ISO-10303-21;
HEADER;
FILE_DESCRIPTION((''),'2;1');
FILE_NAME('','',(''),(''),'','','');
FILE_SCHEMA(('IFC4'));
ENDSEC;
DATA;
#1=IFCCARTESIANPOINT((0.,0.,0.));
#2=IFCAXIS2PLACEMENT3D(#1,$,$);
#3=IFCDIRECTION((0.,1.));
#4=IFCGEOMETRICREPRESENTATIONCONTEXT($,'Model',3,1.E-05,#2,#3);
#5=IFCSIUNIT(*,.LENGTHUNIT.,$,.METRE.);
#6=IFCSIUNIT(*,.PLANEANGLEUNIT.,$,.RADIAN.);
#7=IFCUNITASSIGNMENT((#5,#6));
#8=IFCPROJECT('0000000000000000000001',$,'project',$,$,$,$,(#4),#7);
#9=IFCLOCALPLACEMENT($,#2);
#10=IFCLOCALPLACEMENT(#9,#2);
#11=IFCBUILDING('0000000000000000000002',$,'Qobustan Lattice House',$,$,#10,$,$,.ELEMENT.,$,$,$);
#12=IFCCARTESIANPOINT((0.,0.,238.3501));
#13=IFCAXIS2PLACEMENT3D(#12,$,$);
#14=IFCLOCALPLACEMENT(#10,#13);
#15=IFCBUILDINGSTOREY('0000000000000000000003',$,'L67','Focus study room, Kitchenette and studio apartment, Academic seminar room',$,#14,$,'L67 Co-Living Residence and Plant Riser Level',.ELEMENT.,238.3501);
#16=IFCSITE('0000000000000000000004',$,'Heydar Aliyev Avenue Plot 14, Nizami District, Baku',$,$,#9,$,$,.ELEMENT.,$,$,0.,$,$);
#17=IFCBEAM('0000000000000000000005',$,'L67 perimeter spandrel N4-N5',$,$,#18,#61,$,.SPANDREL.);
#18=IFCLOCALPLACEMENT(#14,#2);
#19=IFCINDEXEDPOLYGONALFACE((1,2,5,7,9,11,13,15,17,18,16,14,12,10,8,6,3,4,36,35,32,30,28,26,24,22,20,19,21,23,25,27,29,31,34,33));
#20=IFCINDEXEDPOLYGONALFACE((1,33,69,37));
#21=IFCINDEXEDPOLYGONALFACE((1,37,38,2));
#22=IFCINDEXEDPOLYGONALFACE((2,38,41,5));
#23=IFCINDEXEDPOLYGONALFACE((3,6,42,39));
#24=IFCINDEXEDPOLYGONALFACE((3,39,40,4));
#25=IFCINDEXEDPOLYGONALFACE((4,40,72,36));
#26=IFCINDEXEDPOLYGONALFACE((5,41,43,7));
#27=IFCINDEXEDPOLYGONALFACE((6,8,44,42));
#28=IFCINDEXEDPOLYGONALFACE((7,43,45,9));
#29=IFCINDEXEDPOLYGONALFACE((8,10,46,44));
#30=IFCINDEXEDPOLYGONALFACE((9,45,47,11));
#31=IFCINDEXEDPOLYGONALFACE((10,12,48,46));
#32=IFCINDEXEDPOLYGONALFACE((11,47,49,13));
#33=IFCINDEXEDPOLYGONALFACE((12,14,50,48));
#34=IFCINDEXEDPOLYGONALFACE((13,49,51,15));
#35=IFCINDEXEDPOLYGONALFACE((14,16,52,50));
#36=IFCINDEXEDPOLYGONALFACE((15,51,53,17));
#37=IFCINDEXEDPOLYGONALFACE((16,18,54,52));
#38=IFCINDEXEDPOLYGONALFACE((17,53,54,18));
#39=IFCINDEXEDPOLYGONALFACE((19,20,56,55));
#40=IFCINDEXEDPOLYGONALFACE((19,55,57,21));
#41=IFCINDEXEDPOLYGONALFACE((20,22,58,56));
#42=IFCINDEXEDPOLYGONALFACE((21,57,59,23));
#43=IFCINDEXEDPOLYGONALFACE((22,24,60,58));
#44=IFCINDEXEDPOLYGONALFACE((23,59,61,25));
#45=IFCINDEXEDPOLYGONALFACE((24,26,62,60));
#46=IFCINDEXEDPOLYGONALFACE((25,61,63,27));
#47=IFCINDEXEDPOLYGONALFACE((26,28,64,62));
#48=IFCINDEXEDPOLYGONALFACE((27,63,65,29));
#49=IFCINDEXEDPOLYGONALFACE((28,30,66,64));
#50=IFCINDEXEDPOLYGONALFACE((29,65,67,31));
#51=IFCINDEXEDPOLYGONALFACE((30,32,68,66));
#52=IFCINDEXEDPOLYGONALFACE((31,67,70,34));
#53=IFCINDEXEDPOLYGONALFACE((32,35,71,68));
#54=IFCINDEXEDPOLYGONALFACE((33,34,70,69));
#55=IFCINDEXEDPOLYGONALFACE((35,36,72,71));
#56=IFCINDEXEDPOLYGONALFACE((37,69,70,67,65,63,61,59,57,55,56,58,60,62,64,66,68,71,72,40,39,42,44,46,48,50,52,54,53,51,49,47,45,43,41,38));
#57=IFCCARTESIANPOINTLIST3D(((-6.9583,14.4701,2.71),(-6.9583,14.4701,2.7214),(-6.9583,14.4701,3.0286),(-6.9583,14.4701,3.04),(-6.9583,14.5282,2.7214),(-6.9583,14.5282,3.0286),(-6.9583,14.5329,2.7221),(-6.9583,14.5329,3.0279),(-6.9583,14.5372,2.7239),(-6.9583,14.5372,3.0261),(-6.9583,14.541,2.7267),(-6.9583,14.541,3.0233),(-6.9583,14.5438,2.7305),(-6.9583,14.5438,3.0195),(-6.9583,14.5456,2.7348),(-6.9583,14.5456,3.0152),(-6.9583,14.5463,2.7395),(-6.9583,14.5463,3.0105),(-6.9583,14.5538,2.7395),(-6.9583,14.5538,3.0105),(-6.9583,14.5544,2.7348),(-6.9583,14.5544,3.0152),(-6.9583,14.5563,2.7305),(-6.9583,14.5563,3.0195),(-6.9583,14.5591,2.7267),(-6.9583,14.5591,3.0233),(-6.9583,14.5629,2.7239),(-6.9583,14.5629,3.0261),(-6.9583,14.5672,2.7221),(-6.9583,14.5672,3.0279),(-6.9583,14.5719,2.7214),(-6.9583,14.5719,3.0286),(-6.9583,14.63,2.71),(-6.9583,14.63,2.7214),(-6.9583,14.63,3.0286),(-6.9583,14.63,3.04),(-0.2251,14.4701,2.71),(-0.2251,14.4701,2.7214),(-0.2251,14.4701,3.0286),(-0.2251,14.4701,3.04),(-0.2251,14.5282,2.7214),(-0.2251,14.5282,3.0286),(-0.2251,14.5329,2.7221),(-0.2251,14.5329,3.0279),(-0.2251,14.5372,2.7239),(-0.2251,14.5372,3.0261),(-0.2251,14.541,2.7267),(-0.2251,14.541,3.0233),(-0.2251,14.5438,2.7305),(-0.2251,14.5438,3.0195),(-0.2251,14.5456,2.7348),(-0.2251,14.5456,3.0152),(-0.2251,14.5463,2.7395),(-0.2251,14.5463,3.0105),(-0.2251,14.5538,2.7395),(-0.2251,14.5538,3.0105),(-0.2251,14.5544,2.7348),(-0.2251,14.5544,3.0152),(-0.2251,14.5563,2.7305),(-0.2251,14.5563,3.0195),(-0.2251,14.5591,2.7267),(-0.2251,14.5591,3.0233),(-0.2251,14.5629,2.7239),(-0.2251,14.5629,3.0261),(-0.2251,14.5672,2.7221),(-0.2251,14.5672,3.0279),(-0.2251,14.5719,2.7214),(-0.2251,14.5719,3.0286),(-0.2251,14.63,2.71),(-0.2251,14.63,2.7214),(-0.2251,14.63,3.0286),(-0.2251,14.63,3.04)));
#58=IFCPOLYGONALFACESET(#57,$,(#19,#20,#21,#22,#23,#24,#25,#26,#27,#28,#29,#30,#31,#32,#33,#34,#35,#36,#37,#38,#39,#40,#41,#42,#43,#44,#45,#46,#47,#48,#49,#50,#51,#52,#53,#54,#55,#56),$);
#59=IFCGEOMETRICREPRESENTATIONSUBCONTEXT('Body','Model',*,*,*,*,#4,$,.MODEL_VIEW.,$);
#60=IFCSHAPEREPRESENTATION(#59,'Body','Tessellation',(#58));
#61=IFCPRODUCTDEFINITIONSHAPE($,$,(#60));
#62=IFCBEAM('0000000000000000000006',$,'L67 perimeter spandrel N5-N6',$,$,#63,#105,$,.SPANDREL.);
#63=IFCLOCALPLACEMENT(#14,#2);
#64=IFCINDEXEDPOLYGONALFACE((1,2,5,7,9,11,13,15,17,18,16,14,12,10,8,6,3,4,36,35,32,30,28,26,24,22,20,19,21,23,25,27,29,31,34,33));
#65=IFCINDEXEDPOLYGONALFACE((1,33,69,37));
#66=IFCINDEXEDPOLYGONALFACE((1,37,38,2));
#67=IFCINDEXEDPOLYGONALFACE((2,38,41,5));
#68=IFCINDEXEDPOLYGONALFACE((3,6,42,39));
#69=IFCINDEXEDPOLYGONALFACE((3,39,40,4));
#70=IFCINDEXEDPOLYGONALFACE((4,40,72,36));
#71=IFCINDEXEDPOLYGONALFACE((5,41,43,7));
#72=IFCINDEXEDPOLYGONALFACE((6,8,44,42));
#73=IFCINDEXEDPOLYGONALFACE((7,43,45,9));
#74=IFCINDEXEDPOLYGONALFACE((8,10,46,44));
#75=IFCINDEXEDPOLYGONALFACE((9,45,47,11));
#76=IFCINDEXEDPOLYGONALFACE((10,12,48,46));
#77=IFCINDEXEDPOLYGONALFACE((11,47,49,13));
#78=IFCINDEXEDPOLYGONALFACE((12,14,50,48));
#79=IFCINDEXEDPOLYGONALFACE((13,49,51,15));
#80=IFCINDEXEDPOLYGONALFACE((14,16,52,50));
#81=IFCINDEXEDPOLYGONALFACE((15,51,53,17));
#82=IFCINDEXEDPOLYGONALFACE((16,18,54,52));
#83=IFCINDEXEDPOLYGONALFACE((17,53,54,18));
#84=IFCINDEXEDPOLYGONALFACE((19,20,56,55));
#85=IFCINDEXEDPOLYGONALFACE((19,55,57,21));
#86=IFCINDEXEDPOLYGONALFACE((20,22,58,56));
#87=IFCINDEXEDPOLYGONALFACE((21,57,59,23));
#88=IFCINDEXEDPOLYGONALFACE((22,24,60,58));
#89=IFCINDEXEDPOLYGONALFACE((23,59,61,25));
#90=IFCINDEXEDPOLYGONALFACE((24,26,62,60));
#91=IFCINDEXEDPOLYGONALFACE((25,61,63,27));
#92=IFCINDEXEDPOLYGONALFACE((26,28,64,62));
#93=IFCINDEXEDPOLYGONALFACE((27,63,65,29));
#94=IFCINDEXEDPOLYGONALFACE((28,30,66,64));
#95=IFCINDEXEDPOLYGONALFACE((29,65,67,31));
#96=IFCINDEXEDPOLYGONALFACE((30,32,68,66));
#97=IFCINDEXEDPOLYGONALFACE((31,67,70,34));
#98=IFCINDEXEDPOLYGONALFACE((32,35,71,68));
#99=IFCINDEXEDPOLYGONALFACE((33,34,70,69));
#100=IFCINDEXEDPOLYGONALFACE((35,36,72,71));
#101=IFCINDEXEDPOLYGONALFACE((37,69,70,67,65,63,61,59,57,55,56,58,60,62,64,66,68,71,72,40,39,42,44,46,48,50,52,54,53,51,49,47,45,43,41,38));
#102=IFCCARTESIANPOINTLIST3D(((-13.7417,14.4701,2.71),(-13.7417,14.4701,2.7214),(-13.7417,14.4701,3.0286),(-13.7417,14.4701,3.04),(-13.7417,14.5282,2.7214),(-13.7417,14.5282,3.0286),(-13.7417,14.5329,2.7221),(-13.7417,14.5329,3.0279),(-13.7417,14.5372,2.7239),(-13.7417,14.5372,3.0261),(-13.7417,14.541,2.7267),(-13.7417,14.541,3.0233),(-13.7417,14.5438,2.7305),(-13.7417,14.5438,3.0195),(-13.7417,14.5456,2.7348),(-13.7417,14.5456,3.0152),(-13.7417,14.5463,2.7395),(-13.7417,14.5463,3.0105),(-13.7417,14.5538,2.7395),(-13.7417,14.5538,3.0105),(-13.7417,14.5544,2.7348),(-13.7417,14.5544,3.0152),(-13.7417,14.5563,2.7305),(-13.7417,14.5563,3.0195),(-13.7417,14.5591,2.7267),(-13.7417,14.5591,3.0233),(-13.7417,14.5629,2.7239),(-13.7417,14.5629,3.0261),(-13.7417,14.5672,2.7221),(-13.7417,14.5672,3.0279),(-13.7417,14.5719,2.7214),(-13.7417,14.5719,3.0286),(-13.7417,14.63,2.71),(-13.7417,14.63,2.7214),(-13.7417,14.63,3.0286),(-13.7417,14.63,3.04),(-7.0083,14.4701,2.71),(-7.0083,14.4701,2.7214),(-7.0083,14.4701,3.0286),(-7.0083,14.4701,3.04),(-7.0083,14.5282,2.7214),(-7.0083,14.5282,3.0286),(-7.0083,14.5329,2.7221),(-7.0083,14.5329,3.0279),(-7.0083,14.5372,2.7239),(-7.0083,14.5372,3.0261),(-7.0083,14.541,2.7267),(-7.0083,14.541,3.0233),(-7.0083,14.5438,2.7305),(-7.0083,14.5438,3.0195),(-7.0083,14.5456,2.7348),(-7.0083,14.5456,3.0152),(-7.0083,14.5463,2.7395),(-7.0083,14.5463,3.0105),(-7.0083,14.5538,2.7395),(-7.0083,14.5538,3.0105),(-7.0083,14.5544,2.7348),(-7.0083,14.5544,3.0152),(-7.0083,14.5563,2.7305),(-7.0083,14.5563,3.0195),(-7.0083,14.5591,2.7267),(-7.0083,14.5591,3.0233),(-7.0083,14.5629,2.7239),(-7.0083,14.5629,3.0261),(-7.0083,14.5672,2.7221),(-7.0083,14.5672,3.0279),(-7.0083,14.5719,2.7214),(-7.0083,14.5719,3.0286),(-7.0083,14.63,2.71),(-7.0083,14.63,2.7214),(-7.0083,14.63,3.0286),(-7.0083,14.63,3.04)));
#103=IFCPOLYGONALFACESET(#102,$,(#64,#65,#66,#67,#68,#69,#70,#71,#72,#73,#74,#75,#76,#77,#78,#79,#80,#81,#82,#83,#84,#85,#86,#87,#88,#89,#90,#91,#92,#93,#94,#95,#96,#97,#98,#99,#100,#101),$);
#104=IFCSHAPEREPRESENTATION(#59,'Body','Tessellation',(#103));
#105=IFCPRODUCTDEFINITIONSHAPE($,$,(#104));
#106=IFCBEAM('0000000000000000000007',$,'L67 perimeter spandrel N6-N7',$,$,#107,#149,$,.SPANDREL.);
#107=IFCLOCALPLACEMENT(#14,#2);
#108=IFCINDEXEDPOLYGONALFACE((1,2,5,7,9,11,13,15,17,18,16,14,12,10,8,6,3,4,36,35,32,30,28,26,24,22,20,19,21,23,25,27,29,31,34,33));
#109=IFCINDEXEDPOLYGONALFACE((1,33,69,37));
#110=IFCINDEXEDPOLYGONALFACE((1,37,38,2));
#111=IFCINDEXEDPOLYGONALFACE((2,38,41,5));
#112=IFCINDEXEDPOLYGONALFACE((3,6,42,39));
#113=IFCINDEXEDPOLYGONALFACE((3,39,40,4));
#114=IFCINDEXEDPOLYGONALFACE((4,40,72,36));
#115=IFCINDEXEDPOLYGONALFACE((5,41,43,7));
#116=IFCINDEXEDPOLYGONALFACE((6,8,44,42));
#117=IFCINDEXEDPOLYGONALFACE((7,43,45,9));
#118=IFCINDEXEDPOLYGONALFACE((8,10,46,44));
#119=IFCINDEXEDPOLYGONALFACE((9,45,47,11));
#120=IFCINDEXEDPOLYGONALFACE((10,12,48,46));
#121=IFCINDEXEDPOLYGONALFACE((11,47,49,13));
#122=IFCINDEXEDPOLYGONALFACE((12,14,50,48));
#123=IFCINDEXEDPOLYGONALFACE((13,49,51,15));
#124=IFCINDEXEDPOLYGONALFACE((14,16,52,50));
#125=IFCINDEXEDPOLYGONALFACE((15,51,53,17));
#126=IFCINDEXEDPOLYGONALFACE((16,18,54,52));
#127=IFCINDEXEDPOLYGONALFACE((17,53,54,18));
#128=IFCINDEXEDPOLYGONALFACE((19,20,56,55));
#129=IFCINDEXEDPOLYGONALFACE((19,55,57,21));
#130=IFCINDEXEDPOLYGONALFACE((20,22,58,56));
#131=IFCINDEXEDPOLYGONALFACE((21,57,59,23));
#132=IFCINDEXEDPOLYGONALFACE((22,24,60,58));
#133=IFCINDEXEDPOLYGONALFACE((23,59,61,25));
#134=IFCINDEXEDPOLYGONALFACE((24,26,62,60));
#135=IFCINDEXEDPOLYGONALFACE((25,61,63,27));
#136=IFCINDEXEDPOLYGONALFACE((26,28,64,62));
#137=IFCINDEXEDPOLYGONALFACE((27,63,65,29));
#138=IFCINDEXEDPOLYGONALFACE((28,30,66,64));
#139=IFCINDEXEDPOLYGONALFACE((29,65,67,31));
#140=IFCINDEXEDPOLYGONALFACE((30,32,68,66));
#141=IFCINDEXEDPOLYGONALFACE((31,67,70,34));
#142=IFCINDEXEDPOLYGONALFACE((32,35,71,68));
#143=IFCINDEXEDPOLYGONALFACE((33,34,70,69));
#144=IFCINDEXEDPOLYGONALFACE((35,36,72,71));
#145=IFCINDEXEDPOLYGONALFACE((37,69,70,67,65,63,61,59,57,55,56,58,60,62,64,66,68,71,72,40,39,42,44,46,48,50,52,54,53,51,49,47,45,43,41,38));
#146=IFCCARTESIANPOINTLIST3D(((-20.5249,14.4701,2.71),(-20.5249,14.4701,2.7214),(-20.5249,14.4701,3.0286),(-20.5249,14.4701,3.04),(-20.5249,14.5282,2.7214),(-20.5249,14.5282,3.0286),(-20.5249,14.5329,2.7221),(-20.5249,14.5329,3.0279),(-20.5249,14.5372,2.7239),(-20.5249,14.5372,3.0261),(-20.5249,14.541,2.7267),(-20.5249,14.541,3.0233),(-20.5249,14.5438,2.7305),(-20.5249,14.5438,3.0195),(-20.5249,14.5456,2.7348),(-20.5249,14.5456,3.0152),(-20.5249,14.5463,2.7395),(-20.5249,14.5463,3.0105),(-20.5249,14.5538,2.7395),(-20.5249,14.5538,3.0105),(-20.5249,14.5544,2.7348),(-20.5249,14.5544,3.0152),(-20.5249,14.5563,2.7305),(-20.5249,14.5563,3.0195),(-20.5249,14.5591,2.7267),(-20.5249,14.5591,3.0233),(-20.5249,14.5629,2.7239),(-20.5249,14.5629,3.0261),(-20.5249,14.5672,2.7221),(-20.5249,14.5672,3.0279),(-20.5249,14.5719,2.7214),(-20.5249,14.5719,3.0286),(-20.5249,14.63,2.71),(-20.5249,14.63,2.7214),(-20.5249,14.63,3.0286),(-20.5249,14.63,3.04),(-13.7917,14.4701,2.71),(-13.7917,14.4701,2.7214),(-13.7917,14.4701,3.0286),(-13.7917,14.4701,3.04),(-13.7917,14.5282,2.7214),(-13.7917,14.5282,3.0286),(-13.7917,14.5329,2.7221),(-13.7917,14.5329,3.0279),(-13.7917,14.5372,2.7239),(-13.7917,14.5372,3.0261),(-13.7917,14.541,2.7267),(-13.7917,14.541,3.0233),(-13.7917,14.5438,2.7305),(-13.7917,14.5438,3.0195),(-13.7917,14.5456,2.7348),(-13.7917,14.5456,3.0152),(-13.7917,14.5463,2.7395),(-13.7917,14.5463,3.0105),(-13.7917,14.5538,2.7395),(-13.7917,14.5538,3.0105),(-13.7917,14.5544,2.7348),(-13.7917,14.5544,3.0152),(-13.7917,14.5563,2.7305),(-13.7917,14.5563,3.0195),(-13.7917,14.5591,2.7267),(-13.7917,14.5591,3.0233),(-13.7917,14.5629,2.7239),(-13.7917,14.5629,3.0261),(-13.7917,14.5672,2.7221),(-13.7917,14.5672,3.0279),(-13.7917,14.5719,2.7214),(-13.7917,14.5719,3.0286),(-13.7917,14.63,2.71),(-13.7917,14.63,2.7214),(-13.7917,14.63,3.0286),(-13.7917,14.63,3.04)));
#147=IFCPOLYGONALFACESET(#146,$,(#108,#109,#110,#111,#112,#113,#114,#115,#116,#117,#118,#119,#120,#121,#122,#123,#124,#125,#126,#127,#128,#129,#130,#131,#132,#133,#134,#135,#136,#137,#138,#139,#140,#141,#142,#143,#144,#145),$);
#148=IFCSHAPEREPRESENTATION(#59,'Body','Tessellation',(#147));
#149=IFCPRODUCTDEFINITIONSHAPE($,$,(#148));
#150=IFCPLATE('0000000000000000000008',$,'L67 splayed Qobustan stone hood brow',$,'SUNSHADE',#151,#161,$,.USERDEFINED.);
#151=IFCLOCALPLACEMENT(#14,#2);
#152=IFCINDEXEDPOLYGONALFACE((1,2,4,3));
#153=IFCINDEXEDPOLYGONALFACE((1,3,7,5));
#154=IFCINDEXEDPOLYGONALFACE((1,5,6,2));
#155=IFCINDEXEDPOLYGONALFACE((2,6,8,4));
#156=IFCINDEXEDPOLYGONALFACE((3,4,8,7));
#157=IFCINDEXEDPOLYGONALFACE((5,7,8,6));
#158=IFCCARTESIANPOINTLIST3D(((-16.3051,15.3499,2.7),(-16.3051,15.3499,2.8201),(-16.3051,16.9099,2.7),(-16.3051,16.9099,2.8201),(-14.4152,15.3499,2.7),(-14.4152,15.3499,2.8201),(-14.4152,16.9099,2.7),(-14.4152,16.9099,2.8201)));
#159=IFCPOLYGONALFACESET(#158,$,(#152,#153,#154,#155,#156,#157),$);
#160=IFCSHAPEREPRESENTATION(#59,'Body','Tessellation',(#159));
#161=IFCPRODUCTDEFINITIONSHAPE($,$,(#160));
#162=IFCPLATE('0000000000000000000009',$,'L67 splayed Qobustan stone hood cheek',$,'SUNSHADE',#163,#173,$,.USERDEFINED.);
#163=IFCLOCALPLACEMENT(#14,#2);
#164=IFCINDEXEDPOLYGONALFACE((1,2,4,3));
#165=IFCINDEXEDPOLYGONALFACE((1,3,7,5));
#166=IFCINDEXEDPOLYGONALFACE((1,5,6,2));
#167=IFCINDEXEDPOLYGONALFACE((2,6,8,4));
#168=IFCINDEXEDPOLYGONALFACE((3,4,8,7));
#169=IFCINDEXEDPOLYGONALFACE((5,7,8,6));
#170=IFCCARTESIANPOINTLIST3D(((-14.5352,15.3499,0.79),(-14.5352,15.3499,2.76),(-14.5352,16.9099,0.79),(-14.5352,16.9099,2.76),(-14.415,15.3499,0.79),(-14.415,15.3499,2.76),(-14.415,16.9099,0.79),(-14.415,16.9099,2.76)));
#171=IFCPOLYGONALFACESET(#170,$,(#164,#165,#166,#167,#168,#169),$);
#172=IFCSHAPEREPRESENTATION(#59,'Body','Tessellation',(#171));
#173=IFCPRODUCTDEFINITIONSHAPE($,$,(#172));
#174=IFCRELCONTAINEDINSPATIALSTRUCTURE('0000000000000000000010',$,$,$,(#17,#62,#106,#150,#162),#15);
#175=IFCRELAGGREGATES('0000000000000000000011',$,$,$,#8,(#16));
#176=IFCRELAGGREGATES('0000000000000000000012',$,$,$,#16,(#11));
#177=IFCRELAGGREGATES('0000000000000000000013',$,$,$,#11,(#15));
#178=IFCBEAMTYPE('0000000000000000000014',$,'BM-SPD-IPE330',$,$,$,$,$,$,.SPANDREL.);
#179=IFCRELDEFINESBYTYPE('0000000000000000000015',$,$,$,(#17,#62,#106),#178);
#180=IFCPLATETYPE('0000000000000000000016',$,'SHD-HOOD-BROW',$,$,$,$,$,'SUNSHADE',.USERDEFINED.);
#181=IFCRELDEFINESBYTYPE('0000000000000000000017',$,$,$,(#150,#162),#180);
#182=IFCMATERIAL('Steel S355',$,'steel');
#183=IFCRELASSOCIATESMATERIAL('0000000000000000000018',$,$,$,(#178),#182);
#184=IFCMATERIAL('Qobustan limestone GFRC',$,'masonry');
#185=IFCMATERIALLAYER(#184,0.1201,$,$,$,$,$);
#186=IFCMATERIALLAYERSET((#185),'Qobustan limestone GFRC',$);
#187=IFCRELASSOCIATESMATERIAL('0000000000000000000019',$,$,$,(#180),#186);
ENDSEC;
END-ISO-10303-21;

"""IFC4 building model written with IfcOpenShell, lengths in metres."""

from ifc_helpers import new_model, si_unit, direction, frame, origin, origin_2d, place, context, subcontext, project, spatial, rectangle, i_section, extrude, material, layer, layer_set, material_profile, profile_set, type_object, element, save


model = new_model("IFC4")

# Units and contexts
model_context = context("Model", 3, precision=1e-05, world=origin(), true_north=direction((0.0, 1.0)))
body_context = subcontext(model_context, "Body", "Model", "MODEL_VIEW")
ifc_project = project(units=[si_unit("LENGTHUNIT", "METRE"), si_unit("PLANEANGLEUNIT", "RADIAN")], contexts=[model_context])

# Site, building, storey
site_placement = place(None, origin())
site = spatial("IfcSite", under=ifc_project, at=site_placement, Name="Heydar Aliyev Avenue Plot 14, Nizami District, Baku", CompositionType="ELEMENT", RefElevation=0.0)
building_placement = place(site_placement, origin())
building = spatial("IfcBuilding", under=site, at=building_placement, Name="Qobustan Lattice House", CompositionType="ELEMENT")
storey_placement = place(building_placement, frame((0.0, 0.0, 238.3501)))
storey = spatial("IfcBuildingStorey", under=building, at=storey_placement, Name="L67", Description="Focus study room, Kitchenette and studio apartment, Academic seminar room", LongName="L67 Co-Living Residence and Plant Riser Level", CompositionType="ELEMENT", Elevation=238.3501)

# Beams
ifc_material_1 = material(Name="Steel S355", Category="steel")
ifc_material_profile_1 = material_profile(ifc_material_1, i_section(OverallWidth=0.1599, OverallDepth=0.3301, WebThickness=0.0076, FlangeThickness=0.0115, FilletRadius=0.0181, at=origin_2d()), Name="IPE330")
ifc_profile_set_1 = profile_set([ifc_material_profile_1], Name="Steel S355")
beam_type_1 = type_object("IfcBeamType", Name="BM-SPD-IPE330", PredefinedType="SPANDREL", material=ifc_profile_set_1)
beam_1_placement = place(storey_placement, frame((-0.2251, 14.55, 2.875), z_axis=(-1.0, 0.0, 0.0), x_axis=(0.0, -1.0, 0.0)))
element("IfcBeam", 1, at=beam_1_placement, inside=storey, type_object=beam_type_1, Name="L67 perimeter spandrel N4-N5", PredefinedType="SPANDREL", context=body_context, shape_type="SweptSolid", body=[
    extrude(i_section(OverallWidth=0.1599, OverallDepth=0.3301, WebThickness=0.0076, FlangeThickness=0.0115, FilletRadius=0.0181, at=origin_2d()), origin(), (0.0, 0.0, 1.0), 6.7332),
])
beam_2_placement = place(storey_placement, frame((-7.0083, 14.55, 2.875), z_axis=(-1.0, 0.0, 0.0), x_axis=(0.0, -1.0, 0.0)))
element("IfcBeam", 2, at=beam_2_placement, inside=storey, type_object=beam_type_1, Name="L67 perimeter spandrel N5-N6", PredefinedType="SPANDREL", context=body_context, shape_type="SweptSolid", body=[
    extrude(i_section(OverallWidth=0.1599, OverallDepth=0.3301, WebThickness=0.0076, FlangeThickness=0.0115, FilletRadius=0.0181, at=origin_2d()), origin(), (0.0, 0.0, 1.0), 6.7334),
])
beam_3_placement = place(storey_placement, frame((-13.7917, 14.55, 2.875), z_axis=(-1.0, 0.0, 0.0), x_axis=(0.0, -1.0, 0.0)))
element("IfcBeam", 3, at=beam_3_placement, inside=storey, type_object=beam_type_1, Name="L67 perimeter spandrel N6-N7", PredefinedType="SPANDREL", context=body_context, shape_type="SweptSolid", body=[
    extrude(i_section(OverallWidth=0.1599, OverallDepth=0.3301, WebThickness=0.0076, FlangeThickness=0.0115, FilletRadius=0.0181, at=origin_2d()), origin(), (0.0, 0.0, 1.0), 6.7332),
])

# Plates
ifc_material_2 = material(Name="Qobustan limestone GFRC", Category="masonry")
ifc_layer_1 = layer(ifc_material_2, 0.1201)
ifc_layer_set_1 = layer_set([ifc_layer_1], Name="Qobustan limestone GFRC")
plate_type = type_object("IfcPlateType", Name="SHD-HOOD-BROW", ElementType="SUNSHADE", PredefinedType="USERDEFINED", material=ifc_layer_set_1)
plate_1_placement = place(storey_placement, frame((-15.3601, 16.1299, 2.7), z_axis=(0.0, 0.0, 1.0), x_axis=(1.0, 0.0, 0.0)))
element("IfcPlate", 4, at=plate_1_placement, inside=storey, type_object=plate_type, Name="L67 splayed Qobustan stone hood brow", ObjectType="SUNSHADE", PredefinedType="USERDEFINED", context=body_context, shape_type="SweptSolid", body=[
    extrude(rectangle(XDim=1.8899, YDim=1.5601, at=origin_2d()), origin(), (0.0, 0.0, 1.0), 0.1201),
])
plate_2_placement = place(storey_placement, frame((-14.4751, 16.1299, 0.79), z_axis=(0.0, 0.0, 1.0), x_axis=(1.0, 0.0, 0.0)))
element("IfcPlate", 5, at=plate_2_placement, inside=storey, type_object=plate_type, Name="L67 splayed Qobustan stone hood cheek", ObjectType="SUNSHADE", PredefinedType="USERDEFINED", context=body_context, shape_type="SweptSolid", body=[
    extrude(rectangle(XDim=0.1201, YDim=1.5601, at=origin_2d()), origin(), (0.0, 0.0, 1.0), 1.97),
])

save(model, "model.ifc")
